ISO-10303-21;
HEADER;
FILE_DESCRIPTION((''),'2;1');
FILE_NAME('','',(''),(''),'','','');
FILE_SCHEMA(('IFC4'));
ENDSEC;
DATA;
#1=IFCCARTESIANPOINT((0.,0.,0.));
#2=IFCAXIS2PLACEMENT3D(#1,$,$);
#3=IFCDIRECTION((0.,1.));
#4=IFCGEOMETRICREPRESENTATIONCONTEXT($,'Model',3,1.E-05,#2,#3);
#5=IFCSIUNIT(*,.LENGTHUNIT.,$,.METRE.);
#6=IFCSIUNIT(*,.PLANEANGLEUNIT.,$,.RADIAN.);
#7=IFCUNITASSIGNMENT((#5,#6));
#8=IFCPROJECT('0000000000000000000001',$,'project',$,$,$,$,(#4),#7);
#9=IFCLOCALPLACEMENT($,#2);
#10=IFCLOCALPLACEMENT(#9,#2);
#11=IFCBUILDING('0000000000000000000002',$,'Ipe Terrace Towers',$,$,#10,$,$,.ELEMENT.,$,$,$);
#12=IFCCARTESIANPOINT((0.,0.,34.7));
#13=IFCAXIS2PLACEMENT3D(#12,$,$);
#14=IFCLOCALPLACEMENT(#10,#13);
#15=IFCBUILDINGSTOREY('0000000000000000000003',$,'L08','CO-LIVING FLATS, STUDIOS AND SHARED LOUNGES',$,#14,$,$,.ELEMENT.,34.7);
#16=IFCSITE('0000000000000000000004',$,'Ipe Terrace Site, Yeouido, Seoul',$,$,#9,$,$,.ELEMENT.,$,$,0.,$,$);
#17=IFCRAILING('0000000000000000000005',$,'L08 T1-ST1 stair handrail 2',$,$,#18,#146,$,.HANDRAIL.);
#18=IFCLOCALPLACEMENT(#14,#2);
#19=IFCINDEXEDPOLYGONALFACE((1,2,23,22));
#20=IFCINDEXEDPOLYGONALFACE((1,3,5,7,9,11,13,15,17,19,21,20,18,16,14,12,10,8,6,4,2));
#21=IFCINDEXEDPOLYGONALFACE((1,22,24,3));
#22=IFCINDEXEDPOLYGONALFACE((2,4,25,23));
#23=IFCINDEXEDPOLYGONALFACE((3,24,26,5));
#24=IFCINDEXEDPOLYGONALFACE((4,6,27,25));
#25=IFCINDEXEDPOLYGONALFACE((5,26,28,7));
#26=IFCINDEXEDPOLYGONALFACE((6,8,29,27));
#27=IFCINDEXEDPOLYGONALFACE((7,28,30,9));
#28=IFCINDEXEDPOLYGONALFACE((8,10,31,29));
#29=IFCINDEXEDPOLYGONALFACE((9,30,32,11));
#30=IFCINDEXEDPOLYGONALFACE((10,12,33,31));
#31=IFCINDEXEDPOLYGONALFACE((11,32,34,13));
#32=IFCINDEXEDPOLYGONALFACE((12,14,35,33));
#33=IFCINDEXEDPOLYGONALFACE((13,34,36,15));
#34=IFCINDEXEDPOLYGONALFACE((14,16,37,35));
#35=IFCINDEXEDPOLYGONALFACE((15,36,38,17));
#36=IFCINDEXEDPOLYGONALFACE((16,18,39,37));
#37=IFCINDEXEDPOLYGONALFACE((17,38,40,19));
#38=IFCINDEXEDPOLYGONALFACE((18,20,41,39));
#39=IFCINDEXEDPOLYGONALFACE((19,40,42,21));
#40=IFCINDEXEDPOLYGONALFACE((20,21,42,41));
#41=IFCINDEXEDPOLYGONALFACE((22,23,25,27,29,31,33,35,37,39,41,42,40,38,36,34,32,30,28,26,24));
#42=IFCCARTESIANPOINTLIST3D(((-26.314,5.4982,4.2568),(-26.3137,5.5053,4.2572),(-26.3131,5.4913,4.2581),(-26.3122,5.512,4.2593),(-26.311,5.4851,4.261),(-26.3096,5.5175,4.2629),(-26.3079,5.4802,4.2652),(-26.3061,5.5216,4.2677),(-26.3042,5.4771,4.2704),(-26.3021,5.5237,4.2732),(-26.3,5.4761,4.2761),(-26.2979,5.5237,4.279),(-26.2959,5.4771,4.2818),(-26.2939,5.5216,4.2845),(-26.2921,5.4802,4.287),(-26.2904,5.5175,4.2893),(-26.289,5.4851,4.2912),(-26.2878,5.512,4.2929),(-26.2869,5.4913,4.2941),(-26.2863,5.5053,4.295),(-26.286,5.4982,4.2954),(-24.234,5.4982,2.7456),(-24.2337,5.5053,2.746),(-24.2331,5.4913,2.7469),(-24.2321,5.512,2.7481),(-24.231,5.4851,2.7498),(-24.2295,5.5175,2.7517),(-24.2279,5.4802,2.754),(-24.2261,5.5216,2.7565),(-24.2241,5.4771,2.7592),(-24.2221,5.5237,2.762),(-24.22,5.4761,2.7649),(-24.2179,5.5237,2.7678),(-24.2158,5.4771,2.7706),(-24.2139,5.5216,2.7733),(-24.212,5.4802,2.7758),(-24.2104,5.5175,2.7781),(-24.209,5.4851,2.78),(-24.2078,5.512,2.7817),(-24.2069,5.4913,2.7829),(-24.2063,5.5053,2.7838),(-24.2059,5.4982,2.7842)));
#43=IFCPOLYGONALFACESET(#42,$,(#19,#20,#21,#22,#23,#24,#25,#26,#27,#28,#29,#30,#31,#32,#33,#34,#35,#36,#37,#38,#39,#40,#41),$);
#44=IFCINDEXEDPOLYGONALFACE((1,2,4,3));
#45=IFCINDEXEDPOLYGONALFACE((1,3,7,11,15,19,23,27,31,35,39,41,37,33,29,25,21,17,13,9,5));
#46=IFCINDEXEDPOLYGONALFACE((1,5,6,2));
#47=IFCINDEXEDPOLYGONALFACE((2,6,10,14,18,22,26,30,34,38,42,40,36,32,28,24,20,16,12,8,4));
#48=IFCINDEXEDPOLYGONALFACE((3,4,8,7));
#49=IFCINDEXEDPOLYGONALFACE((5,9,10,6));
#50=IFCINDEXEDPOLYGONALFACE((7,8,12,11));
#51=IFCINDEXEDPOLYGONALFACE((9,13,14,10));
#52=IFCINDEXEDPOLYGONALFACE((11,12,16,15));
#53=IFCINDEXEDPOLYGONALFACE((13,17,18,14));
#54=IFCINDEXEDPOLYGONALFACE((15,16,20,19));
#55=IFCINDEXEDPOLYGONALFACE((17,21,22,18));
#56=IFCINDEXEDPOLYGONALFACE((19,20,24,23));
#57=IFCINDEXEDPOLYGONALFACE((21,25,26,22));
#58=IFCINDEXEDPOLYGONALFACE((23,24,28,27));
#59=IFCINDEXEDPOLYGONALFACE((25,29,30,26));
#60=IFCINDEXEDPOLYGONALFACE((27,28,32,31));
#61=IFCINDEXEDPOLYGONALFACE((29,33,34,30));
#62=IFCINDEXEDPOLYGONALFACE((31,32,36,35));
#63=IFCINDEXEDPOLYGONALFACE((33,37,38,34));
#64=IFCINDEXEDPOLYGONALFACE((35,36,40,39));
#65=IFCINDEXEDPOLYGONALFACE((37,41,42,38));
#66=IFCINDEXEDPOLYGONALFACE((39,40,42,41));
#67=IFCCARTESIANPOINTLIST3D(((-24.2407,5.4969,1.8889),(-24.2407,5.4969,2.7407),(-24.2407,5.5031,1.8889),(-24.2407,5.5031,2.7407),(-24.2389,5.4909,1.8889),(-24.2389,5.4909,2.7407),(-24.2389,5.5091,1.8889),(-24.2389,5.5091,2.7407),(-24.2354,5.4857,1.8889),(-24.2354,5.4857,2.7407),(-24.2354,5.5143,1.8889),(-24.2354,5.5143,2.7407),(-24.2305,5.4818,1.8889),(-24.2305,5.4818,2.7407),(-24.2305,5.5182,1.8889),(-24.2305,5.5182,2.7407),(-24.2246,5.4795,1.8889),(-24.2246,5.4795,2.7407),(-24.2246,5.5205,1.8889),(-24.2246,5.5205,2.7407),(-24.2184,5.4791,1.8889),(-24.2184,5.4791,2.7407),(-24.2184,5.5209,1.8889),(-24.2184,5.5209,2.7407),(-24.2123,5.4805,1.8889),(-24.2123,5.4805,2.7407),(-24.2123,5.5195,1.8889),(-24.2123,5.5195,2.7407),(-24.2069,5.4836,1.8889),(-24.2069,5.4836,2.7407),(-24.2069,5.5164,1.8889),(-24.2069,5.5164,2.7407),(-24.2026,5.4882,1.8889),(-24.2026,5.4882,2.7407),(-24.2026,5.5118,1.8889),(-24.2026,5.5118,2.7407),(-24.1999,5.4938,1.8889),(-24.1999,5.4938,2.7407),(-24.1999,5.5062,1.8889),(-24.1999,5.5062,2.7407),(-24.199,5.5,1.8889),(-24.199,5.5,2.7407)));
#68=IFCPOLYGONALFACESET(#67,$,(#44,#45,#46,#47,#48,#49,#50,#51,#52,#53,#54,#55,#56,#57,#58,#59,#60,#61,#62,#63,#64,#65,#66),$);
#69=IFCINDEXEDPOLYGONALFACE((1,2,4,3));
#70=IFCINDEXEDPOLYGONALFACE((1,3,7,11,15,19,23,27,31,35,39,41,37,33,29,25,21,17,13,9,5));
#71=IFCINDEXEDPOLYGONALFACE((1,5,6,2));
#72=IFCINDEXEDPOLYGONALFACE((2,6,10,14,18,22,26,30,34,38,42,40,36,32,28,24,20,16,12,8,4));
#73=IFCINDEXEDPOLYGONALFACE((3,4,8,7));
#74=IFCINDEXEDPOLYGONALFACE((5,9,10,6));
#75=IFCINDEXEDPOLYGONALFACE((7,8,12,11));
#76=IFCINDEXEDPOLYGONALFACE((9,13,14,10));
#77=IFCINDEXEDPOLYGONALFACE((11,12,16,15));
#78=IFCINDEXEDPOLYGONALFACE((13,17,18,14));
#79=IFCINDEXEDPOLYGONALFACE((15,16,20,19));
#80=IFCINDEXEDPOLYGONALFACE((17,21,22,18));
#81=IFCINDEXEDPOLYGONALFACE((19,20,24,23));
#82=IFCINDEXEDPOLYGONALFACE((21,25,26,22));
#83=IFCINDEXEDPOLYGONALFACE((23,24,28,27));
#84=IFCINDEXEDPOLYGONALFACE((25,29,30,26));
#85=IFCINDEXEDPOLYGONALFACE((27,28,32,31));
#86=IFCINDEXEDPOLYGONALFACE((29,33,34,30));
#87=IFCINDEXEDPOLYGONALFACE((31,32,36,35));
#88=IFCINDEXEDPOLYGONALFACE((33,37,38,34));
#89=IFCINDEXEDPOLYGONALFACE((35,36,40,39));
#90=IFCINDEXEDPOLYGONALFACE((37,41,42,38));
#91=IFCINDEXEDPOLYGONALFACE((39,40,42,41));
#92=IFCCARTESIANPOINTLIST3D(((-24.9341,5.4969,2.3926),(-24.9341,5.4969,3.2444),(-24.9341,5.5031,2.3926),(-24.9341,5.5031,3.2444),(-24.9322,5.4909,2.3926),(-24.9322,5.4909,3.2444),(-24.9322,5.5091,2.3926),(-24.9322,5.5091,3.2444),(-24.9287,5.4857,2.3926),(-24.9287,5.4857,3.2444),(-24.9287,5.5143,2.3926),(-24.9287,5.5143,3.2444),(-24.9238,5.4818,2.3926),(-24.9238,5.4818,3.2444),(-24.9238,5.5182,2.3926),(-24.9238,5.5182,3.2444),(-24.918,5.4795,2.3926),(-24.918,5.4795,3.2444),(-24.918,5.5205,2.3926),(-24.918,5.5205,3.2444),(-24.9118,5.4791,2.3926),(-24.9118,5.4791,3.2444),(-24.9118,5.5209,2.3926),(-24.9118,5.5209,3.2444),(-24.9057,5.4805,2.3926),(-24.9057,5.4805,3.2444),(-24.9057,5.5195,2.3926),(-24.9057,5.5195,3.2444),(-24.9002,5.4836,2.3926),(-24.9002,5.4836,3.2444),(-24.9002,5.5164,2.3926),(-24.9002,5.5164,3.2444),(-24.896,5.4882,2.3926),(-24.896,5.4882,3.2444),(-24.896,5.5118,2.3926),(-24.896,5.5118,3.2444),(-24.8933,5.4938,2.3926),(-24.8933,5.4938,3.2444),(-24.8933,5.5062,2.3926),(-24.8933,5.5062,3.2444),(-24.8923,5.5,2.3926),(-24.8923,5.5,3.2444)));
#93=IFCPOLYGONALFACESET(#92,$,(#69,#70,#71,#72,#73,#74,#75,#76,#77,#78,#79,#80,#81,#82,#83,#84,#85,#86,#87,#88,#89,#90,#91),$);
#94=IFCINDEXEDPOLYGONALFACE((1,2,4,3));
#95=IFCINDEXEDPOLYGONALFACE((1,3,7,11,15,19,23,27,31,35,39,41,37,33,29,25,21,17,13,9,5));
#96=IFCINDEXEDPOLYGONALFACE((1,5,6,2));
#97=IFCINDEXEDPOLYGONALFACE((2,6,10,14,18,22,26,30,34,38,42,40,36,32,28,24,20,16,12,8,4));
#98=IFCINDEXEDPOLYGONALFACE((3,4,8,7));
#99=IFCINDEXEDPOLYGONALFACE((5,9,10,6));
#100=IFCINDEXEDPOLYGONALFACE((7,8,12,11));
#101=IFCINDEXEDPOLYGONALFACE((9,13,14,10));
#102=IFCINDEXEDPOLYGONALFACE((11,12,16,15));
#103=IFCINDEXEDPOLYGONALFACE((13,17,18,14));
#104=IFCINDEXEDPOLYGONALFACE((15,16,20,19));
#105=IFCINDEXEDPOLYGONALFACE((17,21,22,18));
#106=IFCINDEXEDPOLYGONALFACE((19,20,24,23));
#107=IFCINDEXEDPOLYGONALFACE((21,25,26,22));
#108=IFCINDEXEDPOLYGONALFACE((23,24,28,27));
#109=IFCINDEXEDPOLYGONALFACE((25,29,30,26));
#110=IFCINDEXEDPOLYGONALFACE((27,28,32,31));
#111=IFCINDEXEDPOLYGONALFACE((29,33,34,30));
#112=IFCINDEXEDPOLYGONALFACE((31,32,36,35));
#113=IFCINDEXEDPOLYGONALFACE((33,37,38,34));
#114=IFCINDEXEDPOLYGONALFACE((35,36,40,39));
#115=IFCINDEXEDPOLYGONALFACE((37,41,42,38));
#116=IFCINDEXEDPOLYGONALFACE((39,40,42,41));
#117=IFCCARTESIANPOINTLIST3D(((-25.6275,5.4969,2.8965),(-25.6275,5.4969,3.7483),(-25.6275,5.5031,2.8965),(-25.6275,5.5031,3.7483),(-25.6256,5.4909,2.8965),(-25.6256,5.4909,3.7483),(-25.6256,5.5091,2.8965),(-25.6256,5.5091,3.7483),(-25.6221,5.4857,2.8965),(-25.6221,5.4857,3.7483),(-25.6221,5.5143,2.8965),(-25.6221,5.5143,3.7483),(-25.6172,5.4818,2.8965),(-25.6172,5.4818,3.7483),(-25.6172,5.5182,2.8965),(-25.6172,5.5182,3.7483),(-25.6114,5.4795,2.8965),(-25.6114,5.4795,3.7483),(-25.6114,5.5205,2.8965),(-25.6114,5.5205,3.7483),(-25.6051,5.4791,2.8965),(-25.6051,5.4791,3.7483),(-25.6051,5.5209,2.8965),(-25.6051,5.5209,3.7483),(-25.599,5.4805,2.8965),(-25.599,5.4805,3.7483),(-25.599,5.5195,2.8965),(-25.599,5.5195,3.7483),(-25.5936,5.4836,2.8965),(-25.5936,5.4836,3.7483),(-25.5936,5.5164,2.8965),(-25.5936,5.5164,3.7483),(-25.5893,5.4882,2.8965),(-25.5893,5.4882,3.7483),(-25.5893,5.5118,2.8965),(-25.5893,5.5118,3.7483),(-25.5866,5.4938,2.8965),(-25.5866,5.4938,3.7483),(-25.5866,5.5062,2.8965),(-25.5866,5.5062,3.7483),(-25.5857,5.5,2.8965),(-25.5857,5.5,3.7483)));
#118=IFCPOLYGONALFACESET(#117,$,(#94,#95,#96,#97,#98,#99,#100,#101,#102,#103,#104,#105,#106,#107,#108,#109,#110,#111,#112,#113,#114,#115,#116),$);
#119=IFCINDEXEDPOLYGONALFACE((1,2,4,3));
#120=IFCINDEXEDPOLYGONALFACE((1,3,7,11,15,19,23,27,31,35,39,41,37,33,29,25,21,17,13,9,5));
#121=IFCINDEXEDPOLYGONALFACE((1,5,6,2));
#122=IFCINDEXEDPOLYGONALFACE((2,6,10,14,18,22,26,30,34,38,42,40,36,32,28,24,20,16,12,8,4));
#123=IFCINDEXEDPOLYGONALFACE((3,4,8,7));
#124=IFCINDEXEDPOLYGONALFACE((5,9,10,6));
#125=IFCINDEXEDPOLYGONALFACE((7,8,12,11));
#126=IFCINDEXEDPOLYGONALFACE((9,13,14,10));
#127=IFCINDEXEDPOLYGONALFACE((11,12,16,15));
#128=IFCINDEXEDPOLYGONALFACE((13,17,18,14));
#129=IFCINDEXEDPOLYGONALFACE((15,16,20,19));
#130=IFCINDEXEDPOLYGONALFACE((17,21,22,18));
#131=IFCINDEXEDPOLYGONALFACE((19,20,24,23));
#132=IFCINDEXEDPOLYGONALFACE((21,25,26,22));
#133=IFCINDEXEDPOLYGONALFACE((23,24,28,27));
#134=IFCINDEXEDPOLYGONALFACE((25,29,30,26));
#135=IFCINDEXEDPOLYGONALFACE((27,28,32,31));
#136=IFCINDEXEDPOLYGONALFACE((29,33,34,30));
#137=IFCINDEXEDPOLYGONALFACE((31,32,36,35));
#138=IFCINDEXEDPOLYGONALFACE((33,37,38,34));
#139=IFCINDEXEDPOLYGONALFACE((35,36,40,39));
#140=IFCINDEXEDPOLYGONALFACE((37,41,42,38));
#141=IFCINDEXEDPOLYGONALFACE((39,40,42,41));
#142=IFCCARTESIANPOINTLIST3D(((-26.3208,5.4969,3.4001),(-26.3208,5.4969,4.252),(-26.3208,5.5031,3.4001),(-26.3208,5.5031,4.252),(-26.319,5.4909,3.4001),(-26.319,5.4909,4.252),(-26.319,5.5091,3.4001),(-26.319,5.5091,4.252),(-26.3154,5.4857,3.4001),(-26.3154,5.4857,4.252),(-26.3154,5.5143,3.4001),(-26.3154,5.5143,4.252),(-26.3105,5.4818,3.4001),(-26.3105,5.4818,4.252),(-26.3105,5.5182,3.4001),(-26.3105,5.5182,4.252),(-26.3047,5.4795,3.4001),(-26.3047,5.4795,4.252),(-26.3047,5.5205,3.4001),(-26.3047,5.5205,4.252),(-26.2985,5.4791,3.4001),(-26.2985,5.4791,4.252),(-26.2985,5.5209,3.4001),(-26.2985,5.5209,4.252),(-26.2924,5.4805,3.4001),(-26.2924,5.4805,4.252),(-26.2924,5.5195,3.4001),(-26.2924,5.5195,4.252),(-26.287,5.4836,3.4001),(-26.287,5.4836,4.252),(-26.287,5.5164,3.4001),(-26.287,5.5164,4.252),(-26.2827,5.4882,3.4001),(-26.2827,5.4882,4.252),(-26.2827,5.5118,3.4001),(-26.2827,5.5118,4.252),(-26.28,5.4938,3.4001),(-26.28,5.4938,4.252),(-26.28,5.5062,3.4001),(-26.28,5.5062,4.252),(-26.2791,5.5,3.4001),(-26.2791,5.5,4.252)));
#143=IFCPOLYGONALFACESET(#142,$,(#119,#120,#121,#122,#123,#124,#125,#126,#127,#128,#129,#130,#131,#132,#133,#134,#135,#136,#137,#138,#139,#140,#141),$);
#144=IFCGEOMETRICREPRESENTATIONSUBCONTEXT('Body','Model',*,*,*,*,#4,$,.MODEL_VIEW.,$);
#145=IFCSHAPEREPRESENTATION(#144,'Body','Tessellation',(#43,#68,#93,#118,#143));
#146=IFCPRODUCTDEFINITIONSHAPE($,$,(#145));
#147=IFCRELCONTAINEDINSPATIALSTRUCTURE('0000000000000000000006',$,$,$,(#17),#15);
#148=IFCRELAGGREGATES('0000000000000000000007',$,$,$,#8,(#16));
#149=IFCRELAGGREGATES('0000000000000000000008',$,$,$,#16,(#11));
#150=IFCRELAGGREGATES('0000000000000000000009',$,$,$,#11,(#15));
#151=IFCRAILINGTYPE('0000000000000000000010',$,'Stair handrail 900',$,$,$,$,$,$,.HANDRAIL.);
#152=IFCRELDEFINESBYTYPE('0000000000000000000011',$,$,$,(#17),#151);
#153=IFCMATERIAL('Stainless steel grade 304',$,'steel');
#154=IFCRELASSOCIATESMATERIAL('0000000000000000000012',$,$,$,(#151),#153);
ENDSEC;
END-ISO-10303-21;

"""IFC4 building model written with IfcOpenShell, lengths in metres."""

from ifc_helpers import new_model, si_unit, direction, frame, origin, origin_2d, place, context, subcontext, project, spatial, circle, extrude, material, type_object, element, save


model = new_model("IFC4")

# Units and contexts
model_context = context("Model", 3, precision=1e-05, world=origin(), true_north=direction((0.0, 1.0)))
body_context = subcontext(model_context, "Body", "Model", "MODEL_VIEW")
ifc_project = project(units=[si_unit("LENGTHUNIT", "METRE"), si_unit("PLANEANGLEUNIT", "RADIAN")], contexts=[model_context])

# Site, building, storey
site_placement = place(None, origin())
site = spatial("IfcSite", under=ifc_project, at=site_placement, Name="Ipe Terrace Site, Yeouido, Seoul", CompositionType="ELEMENT", RefElevation=0.0)
building_placement = place(site_placement, origin())
building = spatial("IfcBuilding", under=site, at=building_placement, Name="Ipe Terrace Towers", CompositionType="ELEMENT")
storey_placement = place(building_placement, frame((0.0, 0.0, 34.7)))
storey = spatial("IfcBuildingStorey", under=building, at=storey_placement, Name="L08", Description="CO-LIVING FLATS, STUDIOS AND SHARED LOUNGES", CompositionType="ELEMENT", Elevation=34.7)

# Railing
ifc_material_1 = material(Name="Stainless steel grade 304", Category="steel")
railing_type_1 = type_object("IfcRailingType", Name="Stair handrail 900", PredefinedType="HANDRAIL", material=ifc_material_1)
railing_1_placement = place(storey_placement, frame((-24.22, 5.5, 1.8889)))
element("IfcRailing", 1, at=railing_1_placement, inside=storey, type_object=railing_type_1, Name="L08 T1-ST1 stair handrail 2", PredefinedType="HANDRAIL", context=body_context, shape_type="SweptSolid", body=[
    extrude(circle(Radius=0.0239, at=origin_2d()), frame((0.0, 0.0, 0.876), z_axis=(-0.809023, 0.0, 0.587776), x_axis=(0.0, -1.0, 0.0)), (0.0, 0.0, 1.0), 2.571),
    extrude(circle(Radius=0.021, at=origin_2d()), origin(), (0.0, 0.0, 1.0), 0.8518),
    extrude(circle(Radius=0.021, at=origin_2d()), frame((-0.6934, 0.0, 0.5037)), (0.0, 0.0, 1.0), 0.8518),
    extrude(circle(Radius=0.021, at=origin_2d()), frame((-1.3867, 0.0, 1.0076)), (0.0, 0.0, 1.0), 0.8518),
    extrude(circle(Radius=0.021, at=origin_2d()), frame((-2.0801, 0.0, 1.5112)), (0.0, 0.0, 1.0), 0.8518),
])

save(model, "model.ifc")
